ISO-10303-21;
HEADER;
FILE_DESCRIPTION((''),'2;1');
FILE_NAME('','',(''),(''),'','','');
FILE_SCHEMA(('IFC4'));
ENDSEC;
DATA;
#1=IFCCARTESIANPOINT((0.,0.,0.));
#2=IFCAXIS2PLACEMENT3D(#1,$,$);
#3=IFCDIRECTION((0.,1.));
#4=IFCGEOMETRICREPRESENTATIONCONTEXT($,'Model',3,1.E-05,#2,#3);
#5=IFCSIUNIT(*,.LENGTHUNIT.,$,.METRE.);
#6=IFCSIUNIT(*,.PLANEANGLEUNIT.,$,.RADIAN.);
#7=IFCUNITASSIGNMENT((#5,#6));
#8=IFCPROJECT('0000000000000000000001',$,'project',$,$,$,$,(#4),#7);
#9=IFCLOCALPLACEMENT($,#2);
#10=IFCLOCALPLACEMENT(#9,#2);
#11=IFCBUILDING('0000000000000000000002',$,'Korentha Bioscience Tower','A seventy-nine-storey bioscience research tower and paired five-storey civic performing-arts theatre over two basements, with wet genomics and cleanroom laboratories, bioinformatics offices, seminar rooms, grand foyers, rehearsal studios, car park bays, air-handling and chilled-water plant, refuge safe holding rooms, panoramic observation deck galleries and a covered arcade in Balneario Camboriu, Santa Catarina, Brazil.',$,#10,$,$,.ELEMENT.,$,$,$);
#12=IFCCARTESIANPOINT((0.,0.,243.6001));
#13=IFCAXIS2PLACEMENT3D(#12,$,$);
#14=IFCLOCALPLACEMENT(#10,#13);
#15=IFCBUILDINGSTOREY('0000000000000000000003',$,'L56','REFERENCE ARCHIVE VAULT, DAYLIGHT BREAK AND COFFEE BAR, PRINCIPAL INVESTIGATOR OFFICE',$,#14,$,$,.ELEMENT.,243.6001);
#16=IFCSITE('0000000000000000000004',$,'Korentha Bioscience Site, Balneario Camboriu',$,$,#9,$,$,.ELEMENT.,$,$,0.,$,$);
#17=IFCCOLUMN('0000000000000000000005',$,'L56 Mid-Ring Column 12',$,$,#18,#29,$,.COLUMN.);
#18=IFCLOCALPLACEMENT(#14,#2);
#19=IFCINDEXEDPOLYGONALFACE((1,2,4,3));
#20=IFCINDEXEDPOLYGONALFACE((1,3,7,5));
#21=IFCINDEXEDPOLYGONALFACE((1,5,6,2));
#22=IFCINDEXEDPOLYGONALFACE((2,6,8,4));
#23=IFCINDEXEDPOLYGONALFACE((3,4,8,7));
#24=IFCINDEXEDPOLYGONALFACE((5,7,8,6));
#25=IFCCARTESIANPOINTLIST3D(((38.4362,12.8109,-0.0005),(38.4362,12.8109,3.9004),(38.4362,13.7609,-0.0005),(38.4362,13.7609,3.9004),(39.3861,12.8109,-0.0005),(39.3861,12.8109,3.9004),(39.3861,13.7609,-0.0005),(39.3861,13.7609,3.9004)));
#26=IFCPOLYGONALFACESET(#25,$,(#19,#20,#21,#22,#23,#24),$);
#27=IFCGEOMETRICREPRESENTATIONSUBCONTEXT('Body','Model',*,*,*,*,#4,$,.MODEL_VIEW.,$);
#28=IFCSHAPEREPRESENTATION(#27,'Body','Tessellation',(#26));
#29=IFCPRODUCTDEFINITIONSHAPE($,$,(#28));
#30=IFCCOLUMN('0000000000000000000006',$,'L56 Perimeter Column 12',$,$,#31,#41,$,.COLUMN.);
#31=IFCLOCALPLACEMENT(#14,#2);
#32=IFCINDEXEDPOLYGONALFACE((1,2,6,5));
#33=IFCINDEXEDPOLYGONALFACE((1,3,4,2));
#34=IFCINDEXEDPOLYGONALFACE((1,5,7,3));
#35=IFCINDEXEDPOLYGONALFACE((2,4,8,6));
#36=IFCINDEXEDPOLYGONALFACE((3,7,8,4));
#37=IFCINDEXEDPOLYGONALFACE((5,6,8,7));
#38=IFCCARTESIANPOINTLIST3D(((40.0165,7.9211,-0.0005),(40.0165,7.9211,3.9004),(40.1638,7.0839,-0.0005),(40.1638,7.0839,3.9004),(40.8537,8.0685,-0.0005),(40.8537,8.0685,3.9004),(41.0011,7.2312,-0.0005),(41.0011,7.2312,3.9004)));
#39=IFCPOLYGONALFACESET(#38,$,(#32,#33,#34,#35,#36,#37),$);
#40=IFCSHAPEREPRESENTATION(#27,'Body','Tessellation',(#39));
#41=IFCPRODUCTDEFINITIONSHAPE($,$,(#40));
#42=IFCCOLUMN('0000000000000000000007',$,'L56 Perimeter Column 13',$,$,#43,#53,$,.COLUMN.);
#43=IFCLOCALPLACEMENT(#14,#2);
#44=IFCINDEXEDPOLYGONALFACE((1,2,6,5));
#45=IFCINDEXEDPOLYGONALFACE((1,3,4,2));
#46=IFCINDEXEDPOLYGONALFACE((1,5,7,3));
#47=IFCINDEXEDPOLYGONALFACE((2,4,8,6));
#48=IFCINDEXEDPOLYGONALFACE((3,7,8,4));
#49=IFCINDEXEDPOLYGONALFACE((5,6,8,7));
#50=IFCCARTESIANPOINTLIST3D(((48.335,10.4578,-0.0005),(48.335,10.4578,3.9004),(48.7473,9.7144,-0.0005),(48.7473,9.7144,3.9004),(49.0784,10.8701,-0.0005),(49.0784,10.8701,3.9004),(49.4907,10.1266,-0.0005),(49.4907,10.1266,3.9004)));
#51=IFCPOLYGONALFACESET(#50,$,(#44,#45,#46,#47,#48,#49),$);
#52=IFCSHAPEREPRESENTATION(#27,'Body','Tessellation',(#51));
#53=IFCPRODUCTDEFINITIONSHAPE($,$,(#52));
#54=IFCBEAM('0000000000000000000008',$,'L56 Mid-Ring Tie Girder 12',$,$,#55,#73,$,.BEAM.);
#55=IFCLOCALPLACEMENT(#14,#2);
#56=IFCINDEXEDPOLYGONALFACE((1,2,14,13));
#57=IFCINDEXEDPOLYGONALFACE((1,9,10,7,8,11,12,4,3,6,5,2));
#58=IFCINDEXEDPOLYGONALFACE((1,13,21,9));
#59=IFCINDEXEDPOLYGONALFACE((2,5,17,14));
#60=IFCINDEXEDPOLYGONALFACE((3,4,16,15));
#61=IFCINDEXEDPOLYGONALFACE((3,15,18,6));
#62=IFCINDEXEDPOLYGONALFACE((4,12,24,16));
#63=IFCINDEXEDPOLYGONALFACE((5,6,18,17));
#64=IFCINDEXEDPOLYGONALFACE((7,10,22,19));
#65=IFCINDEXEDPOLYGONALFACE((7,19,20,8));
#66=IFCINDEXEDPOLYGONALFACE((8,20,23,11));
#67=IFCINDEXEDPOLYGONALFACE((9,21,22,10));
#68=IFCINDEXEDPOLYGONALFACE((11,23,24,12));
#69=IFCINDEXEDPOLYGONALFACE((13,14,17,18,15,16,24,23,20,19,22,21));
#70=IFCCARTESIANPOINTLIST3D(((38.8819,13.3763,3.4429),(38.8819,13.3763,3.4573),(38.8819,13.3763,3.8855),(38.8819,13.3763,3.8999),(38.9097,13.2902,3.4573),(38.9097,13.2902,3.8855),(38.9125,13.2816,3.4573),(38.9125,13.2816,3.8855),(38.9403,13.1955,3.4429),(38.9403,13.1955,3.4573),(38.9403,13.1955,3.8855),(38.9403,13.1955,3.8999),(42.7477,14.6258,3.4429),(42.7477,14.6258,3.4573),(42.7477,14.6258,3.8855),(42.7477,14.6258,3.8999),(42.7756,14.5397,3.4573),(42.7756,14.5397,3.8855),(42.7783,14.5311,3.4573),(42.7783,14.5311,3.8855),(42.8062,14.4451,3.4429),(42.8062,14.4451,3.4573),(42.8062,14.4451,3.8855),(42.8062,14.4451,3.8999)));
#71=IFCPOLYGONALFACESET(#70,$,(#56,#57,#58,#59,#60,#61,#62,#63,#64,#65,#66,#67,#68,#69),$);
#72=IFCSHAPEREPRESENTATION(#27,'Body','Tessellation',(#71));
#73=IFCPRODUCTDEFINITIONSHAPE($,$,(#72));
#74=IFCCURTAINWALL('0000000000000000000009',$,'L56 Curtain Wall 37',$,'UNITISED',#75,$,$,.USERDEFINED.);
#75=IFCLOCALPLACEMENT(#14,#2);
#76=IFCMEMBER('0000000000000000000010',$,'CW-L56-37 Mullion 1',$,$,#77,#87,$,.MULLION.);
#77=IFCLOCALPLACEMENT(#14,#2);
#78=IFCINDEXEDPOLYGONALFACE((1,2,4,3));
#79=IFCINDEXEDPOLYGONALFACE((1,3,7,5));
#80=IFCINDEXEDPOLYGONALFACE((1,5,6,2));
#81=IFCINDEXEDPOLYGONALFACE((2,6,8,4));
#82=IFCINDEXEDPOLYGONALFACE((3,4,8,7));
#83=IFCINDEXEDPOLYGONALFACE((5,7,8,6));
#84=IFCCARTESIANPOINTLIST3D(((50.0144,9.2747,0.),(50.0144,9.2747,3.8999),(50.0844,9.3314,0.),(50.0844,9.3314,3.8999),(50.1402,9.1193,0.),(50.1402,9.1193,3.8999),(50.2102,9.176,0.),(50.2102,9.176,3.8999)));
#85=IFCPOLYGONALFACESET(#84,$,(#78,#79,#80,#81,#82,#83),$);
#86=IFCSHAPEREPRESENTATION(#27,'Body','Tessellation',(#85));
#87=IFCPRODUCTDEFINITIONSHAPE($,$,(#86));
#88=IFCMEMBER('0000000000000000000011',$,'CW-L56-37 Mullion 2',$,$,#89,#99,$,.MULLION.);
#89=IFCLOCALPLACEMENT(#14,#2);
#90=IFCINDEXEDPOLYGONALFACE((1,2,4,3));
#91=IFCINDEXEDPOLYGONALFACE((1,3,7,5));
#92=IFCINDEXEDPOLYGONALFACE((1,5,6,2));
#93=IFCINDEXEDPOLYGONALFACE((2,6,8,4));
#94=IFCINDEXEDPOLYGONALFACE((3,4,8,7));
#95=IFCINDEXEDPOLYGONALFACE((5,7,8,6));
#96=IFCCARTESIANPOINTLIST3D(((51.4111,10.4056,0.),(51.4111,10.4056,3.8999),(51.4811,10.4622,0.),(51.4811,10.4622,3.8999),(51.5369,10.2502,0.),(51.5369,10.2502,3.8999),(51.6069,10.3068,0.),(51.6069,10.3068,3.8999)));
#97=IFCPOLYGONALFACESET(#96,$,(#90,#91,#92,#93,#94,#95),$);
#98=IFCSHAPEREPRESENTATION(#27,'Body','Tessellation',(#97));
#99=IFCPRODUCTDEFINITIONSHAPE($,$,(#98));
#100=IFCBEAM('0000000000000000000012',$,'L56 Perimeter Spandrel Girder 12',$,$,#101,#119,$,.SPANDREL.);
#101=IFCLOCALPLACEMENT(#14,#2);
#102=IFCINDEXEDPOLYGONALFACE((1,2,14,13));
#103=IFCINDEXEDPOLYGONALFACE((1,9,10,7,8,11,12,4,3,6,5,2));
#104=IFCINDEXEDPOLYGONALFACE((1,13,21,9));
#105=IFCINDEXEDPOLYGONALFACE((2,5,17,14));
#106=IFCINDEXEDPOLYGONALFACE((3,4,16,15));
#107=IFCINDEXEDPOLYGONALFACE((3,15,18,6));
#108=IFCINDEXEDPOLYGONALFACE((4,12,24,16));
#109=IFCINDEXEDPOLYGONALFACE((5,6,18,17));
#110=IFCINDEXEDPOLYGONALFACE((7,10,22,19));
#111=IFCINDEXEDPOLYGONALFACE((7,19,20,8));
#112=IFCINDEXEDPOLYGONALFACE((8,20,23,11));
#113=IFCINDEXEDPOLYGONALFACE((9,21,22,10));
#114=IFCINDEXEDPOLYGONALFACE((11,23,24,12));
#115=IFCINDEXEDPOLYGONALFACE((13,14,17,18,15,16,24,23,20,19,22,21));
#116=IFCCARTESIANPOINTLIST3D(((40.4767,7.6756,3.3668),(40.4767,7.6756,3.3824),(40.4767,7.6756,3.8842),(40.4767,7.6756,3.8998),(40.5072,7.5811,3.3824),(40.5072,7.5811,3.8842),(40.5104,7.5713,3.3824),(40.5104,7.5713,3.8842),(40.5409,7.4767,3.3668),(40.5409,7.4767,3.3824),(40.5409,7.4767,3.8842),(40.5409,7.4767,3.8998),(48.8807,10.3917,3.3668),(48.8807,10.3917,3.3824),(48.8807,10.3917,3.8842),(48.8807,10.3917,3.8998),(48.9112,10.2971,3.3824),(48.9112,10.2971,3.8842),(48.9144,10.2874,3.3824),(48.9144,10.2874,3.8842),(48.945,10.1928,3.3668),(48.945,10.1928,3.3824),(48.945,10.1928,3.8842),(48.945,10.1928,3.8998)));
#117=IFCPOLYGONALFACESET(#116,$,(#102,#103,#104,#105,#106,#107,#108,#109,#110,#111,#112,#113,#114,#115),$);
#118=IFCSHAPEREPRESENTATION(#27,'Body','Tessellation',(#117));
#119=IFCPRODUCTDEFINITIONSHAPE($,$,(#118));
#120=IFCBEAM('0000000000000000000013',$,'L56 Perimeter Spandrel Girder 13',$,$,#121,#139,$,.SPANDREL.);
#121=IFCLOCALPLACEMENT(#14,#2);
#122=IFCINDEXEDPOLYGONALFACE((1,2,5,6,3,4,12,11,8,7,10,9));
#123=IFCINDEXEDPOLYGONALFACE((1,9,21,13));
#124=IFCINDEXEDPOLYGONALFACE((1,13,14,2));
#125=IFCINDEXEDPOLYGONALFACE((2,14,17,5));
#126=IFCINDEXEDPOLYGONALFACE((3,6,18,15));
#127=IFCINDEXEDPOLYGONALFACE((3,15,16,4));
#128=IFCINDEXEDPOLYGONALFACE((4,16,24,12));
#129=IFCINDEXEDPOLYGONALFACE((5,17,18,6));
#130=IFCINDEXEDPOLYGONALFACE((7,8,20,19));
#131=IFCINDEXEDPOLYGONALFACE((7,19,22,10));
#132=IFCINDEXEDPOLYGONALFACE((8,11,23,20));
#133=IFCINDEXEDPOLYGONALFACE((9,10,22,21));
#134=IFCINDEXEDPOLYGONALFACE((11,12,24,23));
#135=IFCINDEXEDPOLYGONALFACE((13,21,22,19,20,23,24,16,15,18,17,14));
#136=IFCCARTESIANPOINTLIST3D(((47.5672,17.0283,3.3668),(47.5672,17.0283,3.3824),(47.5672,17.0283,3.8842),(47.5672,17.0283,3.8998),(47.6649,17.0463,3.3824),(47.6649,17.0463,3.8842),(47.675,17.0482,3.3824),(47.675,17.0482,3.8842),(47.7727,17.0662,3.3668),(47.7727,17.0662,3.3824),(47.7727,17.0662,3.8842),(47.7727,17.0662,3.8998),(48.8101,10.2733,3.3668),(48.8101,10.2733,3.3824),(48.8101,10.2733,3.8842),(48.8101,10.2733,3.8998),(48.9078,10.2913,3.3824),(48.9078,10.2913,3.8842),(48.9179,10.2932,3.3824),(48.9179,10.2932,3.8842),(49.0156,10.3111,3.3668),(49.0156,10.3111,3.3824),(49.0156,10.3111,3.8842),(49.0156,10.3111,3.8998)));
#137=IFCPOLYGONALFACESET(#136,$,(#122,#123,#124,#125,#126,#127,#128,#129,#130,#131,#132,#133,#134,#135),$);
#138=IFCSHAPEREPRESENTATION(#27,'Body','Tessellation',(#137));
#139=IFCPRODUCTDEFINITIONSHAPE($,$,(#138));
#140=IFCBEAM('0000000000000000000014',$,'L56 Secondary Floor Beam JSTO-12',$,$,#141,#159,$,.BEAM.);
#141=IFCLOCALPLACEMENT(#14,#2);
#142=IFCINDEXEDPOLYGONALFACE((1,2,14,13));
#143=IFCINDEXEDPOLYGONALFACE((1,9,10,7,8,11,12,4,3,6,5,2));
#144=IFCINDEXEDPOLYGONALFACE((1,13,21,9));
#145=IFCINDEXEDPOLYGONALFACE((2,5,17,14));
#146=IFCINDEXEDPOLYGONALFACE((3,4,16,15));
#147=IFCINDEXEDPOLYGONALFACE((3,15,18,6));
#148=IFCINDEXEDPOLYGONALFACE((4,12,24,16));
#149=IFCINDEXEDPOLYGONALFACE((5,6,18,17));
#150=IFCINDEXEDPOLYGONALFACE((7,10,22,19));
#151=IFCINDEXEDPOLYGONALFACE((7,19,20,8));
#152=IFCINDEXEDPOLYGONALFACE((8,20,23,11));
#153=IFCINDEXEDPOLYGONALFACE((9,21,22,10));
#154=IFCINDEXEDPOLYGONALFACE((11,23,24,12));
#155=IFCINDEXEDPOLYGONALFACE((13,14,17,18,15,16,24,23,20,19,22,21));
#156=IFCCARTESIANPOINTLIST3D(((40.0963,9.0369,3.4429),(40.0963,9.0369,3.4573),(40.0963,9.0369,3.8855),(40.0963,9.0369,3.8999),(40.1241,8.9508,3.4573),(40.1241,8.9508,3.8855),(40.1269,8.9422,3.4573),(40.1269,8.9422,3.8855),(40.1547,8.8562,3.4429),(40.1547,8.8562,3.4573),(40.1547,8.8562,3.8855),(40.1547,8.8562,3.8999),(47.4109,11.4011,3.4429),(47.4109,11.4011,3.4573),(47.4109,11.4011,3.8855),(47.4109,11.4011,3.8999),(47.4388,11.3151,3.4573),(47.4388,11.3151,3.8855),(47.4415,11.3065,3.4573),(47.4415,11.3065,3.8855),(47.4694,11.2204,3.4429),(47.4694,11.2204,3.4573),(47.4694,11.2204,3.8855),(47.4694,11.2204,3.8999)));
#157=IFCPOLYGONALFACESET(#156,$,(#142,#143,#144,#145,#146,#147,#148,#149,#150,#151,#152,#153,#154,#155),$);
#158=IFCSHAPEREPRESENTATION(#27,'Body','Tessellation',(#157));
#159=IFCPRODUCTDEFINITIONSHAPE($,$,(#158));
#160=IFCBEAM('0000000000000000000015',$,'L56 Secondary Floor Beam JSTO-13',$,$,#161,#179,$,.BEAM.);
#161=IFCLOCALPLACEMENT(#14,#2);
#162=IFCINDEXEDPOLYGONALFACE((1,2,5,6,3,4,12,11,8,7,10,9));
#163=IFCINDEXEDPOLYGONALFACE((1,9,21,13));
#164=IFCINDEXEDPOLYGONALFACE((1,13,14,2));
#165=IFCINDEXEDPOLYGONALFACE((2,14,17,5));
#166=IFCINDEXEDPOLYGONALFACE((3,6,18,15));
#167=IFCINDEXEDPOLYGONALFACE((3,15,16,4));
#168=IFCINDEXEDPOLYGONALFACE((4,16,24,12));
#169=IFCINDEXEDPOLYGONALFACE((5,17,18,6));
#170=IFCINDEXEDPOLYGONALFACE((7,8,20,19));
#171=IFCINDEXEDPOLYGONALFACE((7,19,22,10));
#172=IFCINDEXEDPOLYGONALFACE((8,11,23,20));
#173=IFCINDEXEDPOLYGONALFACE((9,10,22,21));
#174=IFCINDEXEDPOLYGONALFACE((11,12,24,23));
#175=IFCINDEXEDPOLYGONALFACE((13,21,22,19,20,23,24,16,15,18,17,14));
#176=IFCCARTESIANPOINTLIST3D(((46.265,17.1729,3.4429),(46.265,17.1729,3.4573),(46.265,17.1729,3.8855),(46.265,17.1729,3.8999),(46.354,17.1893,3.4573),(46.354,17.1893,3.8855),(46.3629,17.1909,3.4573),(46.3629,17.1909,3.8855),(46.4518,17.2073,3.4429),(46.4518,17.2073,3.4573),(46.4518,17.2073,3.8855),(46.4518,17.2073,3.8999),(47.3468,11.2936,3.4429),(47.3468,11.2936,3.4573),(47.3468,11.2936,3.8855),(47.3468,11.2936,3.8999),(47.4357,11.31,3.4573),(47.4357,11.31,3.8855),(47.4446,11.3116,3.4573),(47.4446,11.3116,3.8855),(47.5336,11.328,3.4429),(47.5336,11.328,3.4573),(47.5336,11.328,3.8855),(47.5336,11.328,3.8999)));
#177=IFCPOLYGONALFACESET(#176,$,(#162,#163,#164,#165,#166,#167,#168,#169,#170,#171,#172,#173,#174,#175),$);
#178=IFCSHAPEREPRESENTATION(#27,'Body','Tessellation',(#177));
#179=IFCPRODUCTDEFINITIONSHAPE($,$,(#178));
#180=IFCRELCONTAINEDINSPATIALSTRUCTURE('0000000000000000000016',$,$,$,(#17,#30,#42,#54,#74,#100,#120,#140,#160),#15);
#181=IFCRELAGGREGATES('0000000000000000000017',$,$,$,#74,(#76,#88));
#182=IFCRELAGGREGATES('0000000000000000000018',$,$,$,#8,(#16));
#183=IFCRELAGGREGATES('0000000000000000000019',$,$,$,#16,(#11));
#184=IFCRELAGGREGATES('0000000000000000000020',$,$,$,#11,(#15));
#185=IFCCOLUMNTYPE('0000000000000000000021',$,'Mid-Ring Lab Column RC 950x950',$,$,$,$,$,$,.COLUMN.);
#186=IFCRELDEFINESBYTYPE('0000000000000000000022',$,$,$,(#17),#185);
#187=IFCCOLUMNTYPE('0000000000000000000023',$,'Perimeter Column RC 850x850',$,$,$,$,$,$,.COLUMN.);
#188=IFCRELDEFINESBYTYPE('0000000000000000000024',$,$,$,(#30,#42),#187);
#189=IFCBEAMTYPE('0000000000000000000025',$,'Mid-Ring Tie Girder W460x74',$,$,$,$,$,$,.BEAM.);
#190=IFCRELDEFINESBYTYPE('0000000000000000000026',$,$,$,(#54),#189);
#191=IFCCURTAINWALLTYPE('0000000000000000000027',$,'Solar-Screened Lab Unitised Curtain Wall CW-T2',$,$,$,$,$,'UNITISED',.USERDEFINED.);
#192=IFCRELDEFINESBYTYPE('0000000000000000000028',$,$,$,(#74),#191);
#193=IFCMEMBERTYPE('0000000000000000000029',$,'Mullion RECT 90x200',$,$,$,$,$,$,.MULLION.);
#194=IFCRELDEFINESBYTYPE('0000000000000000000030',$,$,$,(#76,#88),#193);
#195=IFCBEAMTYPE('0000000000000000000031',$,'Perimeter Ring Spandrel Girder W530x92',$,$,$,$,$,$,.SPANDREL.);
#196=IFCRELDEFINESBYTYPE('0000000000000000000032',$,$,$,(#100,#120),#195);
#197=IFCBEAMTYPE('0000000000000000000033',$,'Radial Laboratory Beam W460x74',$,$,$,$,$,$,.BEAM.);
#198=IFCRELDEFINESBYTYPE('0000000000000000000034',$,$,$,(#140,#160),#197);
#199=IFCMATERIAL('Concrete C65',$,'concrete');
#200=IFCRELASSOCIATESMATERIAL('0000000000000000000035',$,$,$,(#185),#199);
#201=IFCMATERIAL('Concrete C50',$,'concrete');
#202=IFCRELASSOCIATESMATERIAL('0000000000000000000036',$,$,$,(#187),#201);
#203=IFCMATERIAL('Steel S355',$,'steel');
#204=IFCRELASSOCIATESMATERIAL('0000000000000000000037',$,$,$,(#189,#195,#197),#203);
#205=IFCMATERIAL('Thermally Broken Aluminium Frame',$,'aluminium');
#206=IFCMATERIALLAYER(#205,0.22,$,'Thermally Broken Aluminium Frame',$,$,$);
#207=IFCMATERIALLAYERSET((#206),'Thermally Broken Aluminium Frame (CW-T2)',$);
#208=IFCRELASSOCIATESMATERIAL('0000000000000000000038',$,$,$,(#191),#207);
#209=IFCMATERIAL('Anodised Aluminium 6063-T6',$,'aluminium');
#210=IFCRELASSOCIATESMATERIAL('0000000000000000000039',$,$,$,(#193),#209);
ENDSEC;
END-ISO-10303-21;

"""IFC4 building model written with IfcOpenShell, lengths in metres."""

from ifc_helpers import new_model, si_unit, direction, frame, origin, origin_2d, place, context, subcontext, project, spatial, rectangle, i_section, extrude, material, layer, layer_set, material_profile, profile_set, type_object, element, aggregate, save


model = new_model("IFC4")

# Units and contexts
model_context = context("Model", 3, precision=1e-05, world=origin(), true_north=direction((0.0, 1.0)))
body_context = subcontext(model_context, "Body", "Model", "MODEL_VIEW")
ifc_project = project(units=[si_unit("LENGTHUNIT", "METRE"), si_unit("PLANEANGLEUNIT", "RADIAN")], contexts=[model_context])

# Site, building, storey
site_placement = place(None, origin())
site = spatial("IfcSite", under=ifc_project, at=site_placement, Name="Korentha Bioscience Site, Balneario Camboriu", CompositionType="ELEMENT", RefElevation=0.0)
building_placement = place(site_placement, origin())
building = spatial("IfcBuilding", under=site, at=building_placement, Name="Korentha Bioscience Tower", Description="A seventy-nine-storey bioscience research tower and paired five-storey civic performing-arts theatre over two basements, with wet genomics and cleanroom laboratories, bioinformatics offices, seminar rooms, grand foyers, rehearsal studios, car park bays, air-handling and chilled-water plant, refuge safe holding rooms, panoramic observation deck galleries and a covered arcade in Balneario Camboriu, Santa Catarina, Brazil.", CompositionType="ELEMENT")
storey_placement = place(building_placement, frame((0.0, 0.0, 243.6001)))
storey = spatial("IfcBuildingStorey", under=building, at=storey_placement, Name="L56", Description="REFERENCE ARCHIVE VAULT, DAYLIGHT BREAK AND COFFEE BAR, PRINCIPAL INVESTIGATOR OFFICE", CompositionType="ELEMENT", Elevation=243.6001)

# Columns
ifc_material_1 = material(Name="Concrete C65", Category="concrete")
ifc_material_profile_1 = material_profile(ifc_material_1, rectangle(XDim=0.95, YDim=0.95, at=origin_2d()), Name="Concrete C65")
ifc_profile_set_1 = profile_set([ifc_material_profile_1], Name="Concrete C65 (COL-MR09)")
column_type_1 = type_object("IfcColumnType", Name="Mid-Ring Lab Column RC 950x950", PredefinedType="COLUMN", material=ifc_profile_set_1)
column_placement = place(storey_placement, frame((38.9111, 13.2859, -0.0005), z_axis=(0.0, 0.0, 1.0), x_axis=(1.0, 0.0, 0.0)))
element("IfcColumn", 1, at=column_placement, inside=storey, type_object=column_type_1, Name="L56 Mid-Ring Column 12", PredefinedType="COLUMN", context=body_context, shape_type="SweptSolid", body=[
    extrude(rectangle(XDim=0.95, YDim=0.95, at=origin_2d()), origin(), (0.0, 0.0, 1.0), 3.9009),
])
ifc_material_2 = material(Name="Concrete C50", Category="concrete")
ifc_material_profile_2 = material_profile(ifc_material_2, rectangle(XDim=0.8501, YDim=0.8501, at=origin_2d()), Name="Concrete C50")
ifc_profile_set_2 = profile_set([ifc_material_profile_2], Name="Concrete C50 (COL-P08)")
column_type_2 = type_object("IfcColumnType", Name="Perimeter Column RC 850x850", PredefinedType="COLUMN", material=ifc_profile_set_2)
for number, where, z_axis, x_axis, name in (
    (2, (40.5088, 7.5762, -0.0005), (0.0, 0.0, 1.0), (0.984868, 0.173304, 0.0), "L56 Perimeter Column 12"),
    (3, (48.9128, 10.2922, -0.0005), (0.0, 0.0, 1.0), (0.874535, 0.484962, 0.0), "L56 Perimeter Column 13"),
):
    element("IfcColumn", number, at=place(storey_placement, frame(where, z_axis=z_axis, x_axis=x_axis)), inside=storey, type_object=column_type_2, Name=name, PredefinedType="COLUMN", context=body_context, shape_type="SweptSolid", body=[
        extrude(rectangle(XDim=0.8501, YDim=0.8501, at=origin_2d()), origin(), (0.0, 0.0, 1.0), 3.9009),
    ])

# Beam
ifc_material_3 = material(Name="Steel S355", Category="steel")
ifc_material_profile_3 = material_profile(ifc_material_3, i_section(OverallWidth=0.1899, OverallDepth=0.457, WebThickness=0.009, FlangeThickness=0.0144, at=origin_2d()), Name="Steel S355")
ifc_profile_set_3 = profile_set([ifc_material_profile_3], Name="Steel S355 (MB-460)")
beam_type_1 = type_object("IfcBeamType", Name="Mid-Ring Tie Girder W460x74", PredefinedType="BEAM", material=ifc_profile_set_3)
beam_1_placement = place(storey_placement, frame((38.9111, 13.2859, 3.6714), z_axis=(0.951528, 0.307561, 0.0), x_axis=(-0.307561, 0.951528, 0.0)))
element("IfcBeam", 4, at=beam_1_placement, inside=storey, type_object=beam_type_1, Name="L56 Mid-Ring Tie Girder 12", PredefinedType="BEAM", context=body_context, shape_type="SweptSolid", body=[
    extrude(i_section(OverallWidth=0.1899, OverallDepth=0.457, WebThickness=0.009, FlangeThickness=0.0144, at=origin_2d()), origin(), (0.0, 0.0, 1.0), 4.0627),
])

# Curtain wall, members
ifc_material_4 = material(Name="Thermally Broken Aluminium Frame", Category="aluminium")
ifc_layer_1 = layer(ifc_material_4, 0.22, Name="Thermally Broken Aluminium Frame")
ifc_layer_set_1 = layer_set([ifc_layer_1], Name="Thermally Broken Aluminium Frame (CW-T2)")
curtain_wall_type = type_object("IfcCurtainWallType", Name="Solar-Screened Lab Unitised Curtain Wall CW-T2", ElementType="UNITISED", PredefinedType="USERDEFINED", material=ifc_layer_set_1)
curtain_wall_placement = place(storey_placement, origin())
curtain_wall = element("IfcCurtainWall", 5, at=curtain_wall_placement, inside=storey, type_object=curtain_wall_type, Name="L56 Curtain Wall 37", ObjectType="UNITISED", PredefinedType="USERDEFINED")
ifc_material_5 = material(Name="Anodised Aluminium 6063-T6", Category="aluminium")
ifc_material_profile_4 = material_profile(ifc_material_5, rectangle(XDim=0.0901, YDim=0.2, at=origin_2d()), Name="Anodised Aluminium 6063-T6")
ifc_profile_set_4 = profile_set([ifc_material_profile_4], Name="Anodised Aluminium 6063-T6 (CW-MUL)")
member_type_1 = type_object("IfcMemberType", Name="Mullion RECT 90x200", PredefinedType="MULLION", material=ifc_profile_set_4)
member_1_placement = place(storey_placement, frame((50.1123, 9.2253, 0.0), z_axis=(0.0, 0.0, 1.0), x_axis=(0.777226, 0.629221, 0.0)))
member_1 = element("IfcMember", 6, at=member_1_placement, type_object=member_type_1, Name="CW-L56-37 Mullion 1", PredefinedType="MULLION", context=body_context, shape_type="SweptSolid", body=[
    extrude(rectangle(XDim=0.0901, YDim=0.2, at=origin_2d()), origin(), (0.0, 0.0, 1.0), 3.8999),
])
member_2_placement = place(storey_placement, frame((51.509, 10.3562, 0.0), z_axis=(0.0, 0.0, 1.0), x_axis=(0.777226, 0.629221, 0.0)))
member_2 = element("IfcMember", 7, at=member_2_placement, type_object=member_type_1, Name="CW-L56-37 Mullion 2", PredefinedType="MULLION", context=body_context, shape_type="SweptSolid", body=[
    extrude(rectangle(XDim=0.0901, YDim=0.2, at=origin_2d()), origin(), (0.0, 0.0, 1.0), 3.8999),
])

# Beams
ifc_material_profile_5 = material_profile(ifc_material_3, i_section(OverallWidth=0.209, OverallDepth=0.533, WebThickness=0.0103, FlangeThickness=0.0156, at=origin_2d()), Name="Steel S355")
ifc_profile_set_5 = profile_set([ifc_material_profile_5], Name="Steel S355 (SB-530)")
beam_type_2 = type_object("IfcBeamType", Name="Perimeter Ring Spandrel Girder W530x92", PredefinedType="SPANDREL", material=ifc_profile_set_5)
beam_2_placement = place(storey_placement, frame((40.5088, 7.5762, 3.6333), z_axis=(0.95154, 0.307524, 0.0), x_axis=(-0.307524, 0.95154, 0.0)))
element("IfcBeam", 8, at=beam_2_placement, inside=storey, type_object=beam_type_2, Name="L56 Perimeter Spandrel Girder 12", PredefinedType="SPANDREL", context=body_context, shape_type="SweptSolid", body=[
    extrude(i_section(OverallWidth=0.209, OverallDepth=0.533, WebThickness=0.0103, FlangeThickness=0.0156, at=origin_2d()), origin(), (0.0, 0.0, 1.0), 8.832),
])
beam_3_placement = place(storey_placement, frame((48.9128, 10.2922, 3.6333), z_axis=(-0.180959, 0.983491, 0.0), x_axis=(-0.983491, -0.180959, 0.0)))
element("IfcBeam", 9, at=beam_3_placement, inside=storey, type_object=beam_type_2, Name="L56 Perimeter Spandrel Girder 13", PredefinedType="SPANDREL", context=body_context, shape_type="SweptSolid", body=[
    extrude(i_section(OverallWidth=0.209, OverallDepth=0.533, WebThickness=0.0103, FlangeThickness=0.0156, at=origin_2d()), origin(), (0.0, 0.0, 1.0), 6.8684),
])
ifc_material_profile_6 = material_profile(ifc_material_3, i_section(OverallWidth=0.1899, OverallDepth=0.457, WebThickness=0.009, FlangeThickness=0.0144, at=origin_2d()), Name="Steel S355")
ifc_profile_set_6 = profile_set([ifc_material_profile_6], Name="Steel S355 (RB-460)")
beam_type_3 = type_object("IfcBeamType", Name="Radial Laboratory Beam W460x74", PredefinedType="BEAM", material=ifc_profile_set_6)
beam_4_placement = place(storey_placement, frame((40.1255, 8.9465, 3.6714), z_axis=(0.951531, 0.307554, 0.0), x_axis=(-0.307554, 0.951531, 0.0)))
element("IfcBeam", 10, at=beam_4_placement, inside=storey, type_object=beam_type_3, Name="L56 Secondary Floor Beam JSTO-12", PredefinedType="BEAM", context=body_context, shape_type="SweptSolid", body=[
    extrude(i_section(OverallWidth=0.1899, OverallDepth=0.457, WebThickness=0.009, FlangeThickness=0.0144, at=origin_2d()), origin(), (0.0, 0.0, 1.0), 7.6873),
])
beam_5_placement = place(storey_placement, frame((47.4402, 11.3108, 3.6714), z_axis=(-0.180959, 0.983491, 0.0), x_axis=(-0.983491, -0.180959, 0.0)))
element("IfcBeam", 11, at=beam_5_placement, inside=storey, type_object=beam_type_3, Name="L56 Secondary Floor Beam JSTO-13", PredefinedType="BEAM", context=body_context, shape_type="SweptSolid", body=[
    extrude(i_section(OverallWidth=0.1899, OverallDepth=0.457, WebThickness=0.009, FlangeThickness=0.0144, at=origin_2d()), origin(), (0.0, 0.0, 1.0), 5.978),
])

aggregate(curtain_wall, [member_1, member_2])

save(model, "model.ifc")
